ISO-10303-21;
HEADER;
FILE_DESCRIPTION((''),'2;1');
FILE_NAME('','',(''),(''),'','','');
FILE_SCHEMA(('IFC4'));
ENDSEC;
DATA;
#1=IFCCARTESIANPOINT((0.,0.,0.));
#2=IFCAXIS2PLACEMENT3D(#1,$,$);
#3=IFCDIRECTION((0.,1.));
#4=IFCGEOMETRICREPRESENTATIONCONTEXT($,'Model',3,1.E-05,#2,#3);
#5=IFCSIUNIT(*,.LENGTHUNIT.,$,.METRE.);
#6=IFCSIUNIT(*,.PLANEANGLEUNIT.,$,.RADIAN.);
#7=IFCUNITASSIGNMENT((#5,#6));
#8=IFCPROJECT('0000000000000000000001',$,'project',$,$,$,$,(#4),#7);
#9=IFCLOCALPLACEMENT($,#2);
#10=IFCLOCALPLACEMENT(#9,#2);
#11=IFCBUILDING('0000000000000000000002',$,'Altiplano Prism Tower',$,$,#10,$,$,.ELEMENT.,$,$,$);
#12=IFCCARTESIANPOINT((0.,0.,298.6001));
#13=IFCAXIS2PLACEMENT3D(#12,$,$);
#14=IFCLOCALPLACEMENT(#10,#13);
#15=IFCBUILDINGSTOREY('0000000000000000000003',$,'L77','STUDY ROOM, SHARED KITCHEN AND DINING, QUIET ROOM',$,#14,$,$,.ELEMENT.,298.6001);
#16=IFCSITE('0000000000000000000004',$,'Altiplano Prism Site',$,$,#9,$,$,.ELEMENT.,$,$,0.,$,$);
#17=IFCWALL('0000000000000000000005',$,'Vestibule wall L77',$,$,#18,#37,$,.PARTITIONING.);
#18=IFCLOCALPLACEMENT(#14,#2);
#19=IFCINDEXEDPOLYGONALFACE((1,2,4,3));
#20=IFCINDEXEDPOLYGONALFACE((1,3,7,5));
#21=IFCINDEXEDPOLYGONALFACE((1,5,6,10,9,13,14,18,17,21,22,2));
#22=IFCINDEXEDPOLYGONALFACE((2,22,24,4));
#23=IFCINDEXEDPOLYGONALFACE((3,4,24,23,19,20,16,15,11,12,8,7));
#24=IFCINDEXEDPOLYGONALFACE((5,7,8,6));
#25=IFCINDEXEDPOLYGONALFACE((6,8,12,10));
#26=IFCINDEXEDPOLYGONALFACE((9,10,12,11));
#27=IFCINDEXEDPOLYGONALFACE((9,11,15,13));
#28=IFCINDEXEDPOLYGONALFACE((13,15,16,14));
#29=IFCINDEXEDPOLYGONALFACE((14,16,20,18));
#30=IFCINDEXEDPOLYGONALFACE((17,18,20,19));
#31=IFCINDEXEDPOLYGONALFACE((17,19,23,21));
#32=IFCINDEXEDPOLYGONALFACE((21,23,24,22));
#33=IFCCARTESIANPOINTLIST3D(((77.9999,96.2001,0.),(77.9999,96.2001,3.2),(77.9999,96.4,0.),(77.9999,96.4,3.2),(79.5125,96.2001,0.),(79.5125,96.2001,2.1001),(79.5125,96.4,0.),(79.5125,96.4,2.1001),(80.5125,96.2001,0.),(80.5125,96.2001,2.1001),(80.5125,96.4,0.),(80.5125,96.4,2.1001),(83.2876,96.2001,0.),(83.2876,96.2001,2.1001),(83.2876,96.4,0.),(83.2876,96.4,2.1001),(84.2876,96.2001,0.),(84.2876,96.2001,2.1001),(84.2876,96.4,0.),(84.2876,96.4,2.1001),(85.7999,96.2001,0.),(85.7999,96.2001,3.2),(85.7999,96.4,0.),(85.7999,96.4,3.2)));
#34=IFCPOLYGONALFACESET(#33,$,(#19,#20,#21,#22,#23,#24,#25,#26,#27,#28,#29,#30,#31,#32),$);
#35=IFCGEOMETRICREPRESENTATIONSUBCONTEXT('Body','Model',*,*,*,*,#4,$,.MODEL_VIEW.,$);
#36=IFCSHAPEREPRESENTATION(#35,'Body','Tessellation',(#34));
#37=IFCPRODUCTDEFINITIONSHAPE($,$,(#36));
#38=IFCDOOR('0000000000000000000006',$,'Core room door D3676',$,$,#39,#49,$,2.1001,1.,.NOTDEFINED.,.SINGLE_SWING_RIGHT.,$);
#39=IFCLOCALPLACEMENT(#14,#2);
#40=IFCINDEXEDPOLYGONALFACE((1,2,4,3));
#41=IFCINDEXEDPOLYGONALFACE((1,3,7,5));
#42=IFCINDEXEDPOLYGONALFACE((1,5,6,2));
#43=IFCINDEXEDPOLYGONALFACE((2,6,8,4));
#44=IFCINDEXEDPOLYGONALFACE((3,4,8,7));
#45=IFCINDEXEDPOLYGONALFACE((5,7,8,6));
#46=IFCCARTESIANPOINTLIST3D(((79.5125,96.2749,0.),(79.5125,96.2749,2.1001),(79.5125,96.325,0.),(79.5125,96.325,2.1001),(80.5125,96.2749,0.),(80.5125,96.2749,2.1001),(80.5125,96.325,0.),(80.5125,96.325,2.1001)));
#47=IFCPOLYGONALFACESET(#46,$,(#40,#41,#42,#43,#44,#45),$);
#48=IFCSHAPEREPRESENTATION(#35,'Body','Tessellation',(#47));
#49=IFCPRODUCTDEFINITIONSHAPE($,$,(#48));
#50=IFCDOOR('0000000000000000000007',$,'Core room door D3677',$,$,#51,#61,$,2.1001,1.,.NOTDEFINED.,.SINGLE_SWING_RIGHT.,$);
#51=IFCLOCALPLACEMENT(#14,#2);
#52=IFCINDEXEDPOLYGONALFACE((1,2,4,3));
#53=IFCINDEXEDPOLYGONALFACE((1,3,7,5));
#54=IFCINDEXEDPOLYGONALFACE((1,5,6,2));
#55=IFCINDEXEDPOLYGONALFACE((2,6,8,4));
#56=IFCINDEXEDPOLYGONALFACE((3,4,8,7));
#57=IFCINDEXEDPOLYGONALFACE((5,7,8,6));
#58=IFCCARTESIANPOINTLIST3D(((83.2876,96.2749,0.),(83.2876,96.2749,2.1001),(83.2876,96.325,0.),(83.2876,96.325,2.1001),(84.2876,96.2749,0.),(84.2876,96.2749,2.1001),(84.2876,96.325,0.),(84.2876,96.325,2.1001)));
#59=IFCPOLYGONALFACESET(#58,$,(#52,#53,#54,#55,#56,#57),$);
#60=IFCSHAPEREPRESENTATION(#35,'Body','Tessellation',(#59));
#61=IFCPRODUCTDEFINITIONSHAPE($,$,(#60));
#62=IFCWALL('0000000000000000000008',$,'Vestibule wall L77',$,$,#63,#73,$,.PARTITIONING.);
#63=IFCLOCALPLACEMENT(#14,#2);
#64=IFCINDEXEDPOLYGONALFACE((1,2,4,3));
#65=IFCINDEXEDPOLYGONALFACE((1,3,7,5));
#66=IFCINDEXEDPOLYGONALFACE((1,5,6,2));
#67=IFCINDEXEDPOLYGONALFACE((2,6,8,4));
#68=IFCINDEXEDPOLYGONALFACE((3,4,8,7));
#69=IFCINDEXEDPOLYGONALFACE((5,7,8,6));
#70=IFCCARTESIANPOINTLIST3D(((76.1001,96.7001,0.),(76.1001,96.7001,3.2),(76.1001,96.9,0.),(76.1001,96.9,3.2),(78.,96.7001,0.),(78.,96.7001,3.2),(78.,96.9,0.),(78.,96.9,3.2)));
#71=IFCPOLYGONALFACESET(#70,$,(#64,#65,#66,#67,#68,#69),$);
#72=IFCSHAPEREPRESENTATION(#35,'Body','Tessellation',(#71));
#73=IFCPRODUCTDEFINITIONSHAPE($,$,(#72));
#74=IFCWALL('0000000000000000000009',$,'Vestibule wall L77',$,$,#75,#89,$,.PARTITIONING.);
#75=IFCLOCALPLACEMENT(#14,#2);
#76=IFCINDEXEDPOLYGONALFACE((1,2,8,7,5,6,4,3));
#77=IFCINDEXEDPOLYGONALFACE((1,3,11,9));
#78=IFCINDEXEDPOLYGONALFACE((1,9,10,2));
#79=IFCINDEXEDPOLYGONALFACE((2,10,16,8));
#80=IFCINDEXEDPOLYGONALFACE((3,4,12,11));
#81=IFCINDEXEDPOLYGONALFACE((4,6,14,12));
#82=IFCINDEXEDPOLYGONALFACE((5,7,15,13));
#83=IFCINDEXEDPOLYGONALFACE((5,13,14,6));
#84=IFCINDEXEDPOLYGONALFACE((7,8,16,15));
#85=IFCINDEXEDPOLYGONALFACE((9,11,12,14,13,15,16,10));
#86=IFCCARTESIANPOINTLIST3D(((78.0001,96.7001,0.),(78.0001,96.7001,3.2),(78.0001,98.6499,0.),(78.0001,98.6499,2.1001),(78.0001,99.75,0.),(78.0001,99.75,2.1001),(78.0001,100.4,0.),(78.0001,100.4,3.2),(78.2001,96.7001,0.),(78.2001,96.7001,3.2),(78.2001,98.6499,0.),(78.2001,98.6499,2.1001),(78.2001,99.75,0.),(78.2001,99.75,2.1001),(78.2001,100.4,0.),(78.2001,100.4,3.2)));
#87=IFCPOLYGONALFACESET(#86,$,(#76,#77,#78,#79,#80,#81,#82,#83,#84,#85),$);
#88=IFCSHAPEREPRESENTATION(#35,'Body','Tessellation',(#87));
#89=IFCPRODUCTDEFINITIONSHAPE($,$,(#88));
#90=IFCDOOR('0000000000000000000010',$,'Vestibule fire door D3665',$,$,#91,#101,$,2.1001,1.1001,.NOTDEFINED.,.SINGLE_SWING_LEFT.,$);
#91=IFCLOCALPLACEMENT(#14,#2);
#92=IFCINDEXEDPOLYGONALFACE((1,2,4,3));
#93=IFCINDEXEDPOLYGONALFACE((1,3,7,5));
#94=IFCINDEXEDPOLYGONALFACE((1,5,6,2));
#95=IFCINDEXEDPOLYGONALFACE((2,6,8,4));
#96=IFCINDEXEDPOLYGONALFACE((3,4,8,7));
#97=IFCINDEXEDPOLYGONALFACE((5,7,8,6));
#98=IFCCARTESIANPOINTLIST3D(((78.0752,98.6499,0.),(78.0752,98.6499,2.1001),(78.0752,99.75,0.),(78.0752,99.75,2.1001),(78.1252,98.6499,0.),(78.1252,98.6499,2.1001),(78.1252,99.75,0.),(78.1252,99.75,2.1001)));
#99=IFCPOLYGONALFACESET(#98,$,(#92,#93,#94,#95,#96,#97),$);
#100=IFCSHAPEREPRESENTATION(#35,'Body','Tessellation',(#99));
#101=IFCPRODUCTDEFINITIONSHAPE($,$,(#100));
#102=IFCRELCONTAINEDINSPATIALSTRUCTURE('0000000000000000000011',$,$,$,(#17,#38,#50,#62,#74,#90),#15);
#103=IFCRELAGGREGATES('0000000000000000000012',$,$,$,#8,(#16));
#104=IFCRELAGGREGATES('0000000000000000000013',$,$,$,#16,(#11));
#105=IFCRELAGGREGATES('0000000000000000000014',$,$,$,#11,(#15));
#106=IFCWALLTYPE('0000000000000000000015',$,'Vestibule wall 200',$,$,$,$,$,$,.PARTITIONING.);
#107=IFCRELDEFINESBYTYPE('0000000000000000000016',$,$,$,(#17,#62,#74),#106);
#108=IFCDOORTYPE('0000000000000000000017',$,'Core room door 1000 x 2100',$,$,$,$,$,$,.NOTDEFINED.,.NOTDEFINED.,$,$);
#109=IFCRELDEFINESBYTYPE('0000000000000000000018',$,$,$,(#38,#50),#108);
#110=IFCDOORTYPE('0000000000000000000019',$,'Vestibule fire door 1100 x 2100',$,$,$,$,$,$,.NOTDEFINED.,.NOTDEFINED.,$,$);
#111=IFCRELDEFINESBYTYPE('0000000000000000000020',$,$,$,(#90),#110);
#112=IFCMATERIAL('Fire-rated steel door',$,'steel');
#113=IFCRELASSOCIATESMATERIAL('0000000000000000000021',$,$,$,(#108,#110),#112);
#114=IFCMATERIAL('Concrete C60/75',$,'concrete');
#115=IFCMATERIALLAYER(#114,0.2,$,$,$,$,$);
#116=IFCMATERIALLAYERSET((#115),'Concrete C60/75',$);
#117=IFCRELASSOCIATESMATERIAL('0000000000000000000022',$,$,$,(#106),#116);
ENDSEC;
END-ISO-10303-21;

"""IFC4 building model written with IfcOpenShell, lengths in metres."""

from ifc_helpers import new_model, si_unit, direction, frame, frame_2d, origin, place, context, subcontext, project, spatial, rectangle, extrude, material, layer, layer_set, type_object, element, fill, save


model = new_model("IFC4")

# Units and contexts
model_context = context("Model", 3, precision=1e-05, world=origin(), true_north=direction((0.0, 1.0)))
body_context = subcontext(model_context, "Body", "Model", "MODEL_VIEW")
ifc_project = project(units=[si_unit("LENGTHUNIT", "METRE"), si_unit("PLANEANGLEUNIT", "RADIAN")], contexts=[model_context])

# Site, building, storey
site_placement = place(None, origin())
site = spatial("IfcSite", under=ifc_project, at=site_placement, Name="Altiplano Prism Site", CompositionType="ELEMENT", RefElevation=0.0)
building_placement = place(site_placement, origin())
building = spatial("IfcBuilding", under=site, at=building_placement, Name="Altiplano Prism Tower", CompositionType="ELEMENT")
storey_placement = place(building_placement, frame((0.0, 0.0, 298.6001)))
storey = spatial("IfcBuildingStorey", under=building, at=storey_placement, Name="L77", Description="STUDY ROOM, SHARED KITCHEN AND DINING, QUIET ROOM", CompositionType="ELEMENT", Elevation=298.6001)

# Shared definitions
ifc_material_1 = material(Name="Concrete C60/75", Category="concrete")

# Shared definitions
ifc_material_2 = material(Name="Fire-rated steel door", Category="steel")
door_type_1 = type_object("IfcDoorType", Name="Core room door 1000 x 2100", OperationType="NOTDEFINED", PredefinedType="NOTDEFINED", material=ifc_material_2)

# Shared definitions
ifc_layer_1 = layer(ifc_material_1, 0.2)
ifc_layer_set_1 = layer_set([ifc_layer_1], Name="Concrete C60/75")
wall_type_1 = type_object("IfcWallType", Name="Vestibule wall 200", PredefinedType="PARTITIONING", material=ifc_layer_set_1)

# Wall, openings, doors
wall_1_placement = place(storey_placement, frame((78.0, 96.3, 0.0), z_axis=(0.0, 0.0, 1.0), x_axis=(1.0, 0.0, 0.0)))
wall_1 = element("IfcWall", 1, at=wall_1_placement, inside=storey, type_object=wall_type_1, Name="Vestibule wall L77", PredefinedType="PARTITIONING", context=body_context, shape_type="SweptSolid", body=[
    extrude(rectangle(XDim=7.8, YDim=0.2, at=frame_2d((3.8999, 0.0))), origin(), (0.0, 0.0, 1.0), 3.2),
])
opening_1_placement = place(wall_1_placement, frame((1.5125, 0.0, 0.0)))
opening_1 = element("IfcOpeningElement", 2, at=opening_1_placement, cuts=wall_1, PredefinedType="OPENING", context=body_context, shape_type="SweptSolid", body=[
    extrude(rectangle(XDim=1.0, YDim=2.1001, at=frame_2d((0.5, 1.05))), frame((0.0, 0.1104, 0.0), z_axis=(0.0, -1.0, 0.0), x_axis=(1.0, 0.0, 0.0)), (0.0, 0.0, 1.0), 0.2209),
])
opening_2_placement = place(wall_1_placement, frame((5.2876, 0.0, 0.0)))
opening_2 = element("IfcOpeningElement", 3, at=opening_2_placement, cuts=wall_1, PredefinedType="OPENING", context=body_context, shape_type="SweptSolid", body=[
    extrude(rectangle(XDim=1.0, YDim=2.1001, at=frame_2d((0.5, 1.05))), frame((0.0, 0.1104, 0.0), z_axis=(0.0, -1.0, 0.0), x_axis=(1.0, 0.0, 0.0)), (0.0, 0.0, 1.0), 0.2209),
])
door_1_placement = place(opening_1_placement, origin())
door_1 = element("IfcDoor", 4, at=door_1_placement, inside=storey, type_object=door_type_1, Name="Core room door D3676", OperationType="SINGLE_SWING_RIGHT", OverallHeight=2.1001, OverallWidth=1.0, PredefinedType="NOTDEFINED", context=body_context, shape_type="SweptSolid", body=[
    extrude(rectangle(XDim=1.0, YDim=2.1001, at=frame_2d((0.5, 1.05))), frame((0.0, 0.0249, 0.0), z_axis=(0.0, -1.0, 0.0), x_axis=(1.0, 0.0, 0.0)), (0.0, 0.0, 1.0), 0.05),
])
fill(opening_1, door_1)
door_2_placement = place(opening_2_placement, origin())
door_2 = element("IfcDoor", 5, at=door_2_placement, inside=storey, type_object=door_type_1, Name="Core room door D3677", OperationType="SINGLE_SWING_RIGHT", OverallHeight=2.1001, OverallWidth=1.0, PredefinedType="NOTDEFINED", context=body_context, shape_type="SweptSolid", body=[
    extrude(rectangle(XDim=1.0, YDim=2.1001, at=frame_2d((0.5, 1.05))), frame((0.0, 0.0249, 0.0), z_axis=(0.0, -1.0, 0.0), x_axis=(1.0, 0.0, 0.0)), (0.0, 0.0, 1.0), 0.05),
])
fill(opening_2, door_2)

# Wall
wall_2_placement = place(storey_placement, frame((76.1001, 96.8, 0.0), z_axis=(0.0, 0.0, 1.0), x_axis=(1.0, 0.0, 0.0)))
element("IfcWall", 6, at=wall_2_placement, inside=storey, type_object=wall_type_1, Name="Vestibule wall L77", PredefinedType="PARTITIONING", context=body_context, shape_type="SweptSolid", body=[
    extrude(rectangle(XDim=1.8999, YDim=0.2, at=frame_2d((0.95, 0.0))), origin(), (0.0, 0.0, 1.0), 3.2),
])

# Wall, opening, door
wall_3_placement = place(storey_placement, frame((78.1001, 96.7, 0.0), z_axis=(0.0, 0.0, 1.0), x_axis=(0.0, 1.0, 0.0)))
wall_3 = element("IfcWall", 7, at=wall_3_placement, inside=storey, type_object=wall_type_1, Name="Vestibule wall L77", PredefinedType="PARTITIONING", context=body_context, shape_type="SweptSolid", body=[
    extrude(rectangle(XDim=3.7, YDim=0.2, at=frame_2d((1.8501, 0.0))), origin(), (0.0, 0.0, 1.0), 3.2),
])
opening_3_placement = place(wall_3_placement, frame((1.95, 0.0, 0.0)))
opening_3 = element("IfcOpeningElement", 8, at=opening_3_placement, cuts=wall_3, PredefinedType="OPENING", context=body_context, shape_type="SweptSolid", body=[
    extrude(rectangle(XDim=1.1001, YDim=2.1001, at=frame_2d((0.55, 1.05))), frame((0.0, 0.1104, 0.0), z_axis=(0.0, -1.0, 0.0), x_axis=(1.0, 0.0, 0.0)), (0.0, 0.0, 1.0), 0.2209),
])
door_type_2 = type_object("IfcDoorType", Name="Vestibule fire door 1100 x 2100", OperationType="NOTDEFINED", PredefinedType="NOTDEFINED", material=ifc_material_2)
door_3_placement = place(opening_3_placement, origin())
door_3 = element("IfcDoor", 9, at=door_3_placement, inside=storey, type_object=door_type_2, Name="Vestibule fire door D3665", OperationType="SINGLE_SWING_LEFT", OverallHeight=2.1001, OverallWidth=1.1001, PredefinedType="NOTDEFINED", context=body_context, shape_type="SweptSolid", body=[
    extrude(rectangle(XDim=1.1001, YDim=2.1001, at=frame_2d((0.55, 1.05))), frame((0.0, 0.0249, 0.0), z_axis=(0.0, -1.0, 0.0), x_axis=(1.0, 0.0, 0.0)), (0.0, 0.0, 1.0), 0.05),
])
fill(opening_3, door_3)

save(model, "model.ifc")
